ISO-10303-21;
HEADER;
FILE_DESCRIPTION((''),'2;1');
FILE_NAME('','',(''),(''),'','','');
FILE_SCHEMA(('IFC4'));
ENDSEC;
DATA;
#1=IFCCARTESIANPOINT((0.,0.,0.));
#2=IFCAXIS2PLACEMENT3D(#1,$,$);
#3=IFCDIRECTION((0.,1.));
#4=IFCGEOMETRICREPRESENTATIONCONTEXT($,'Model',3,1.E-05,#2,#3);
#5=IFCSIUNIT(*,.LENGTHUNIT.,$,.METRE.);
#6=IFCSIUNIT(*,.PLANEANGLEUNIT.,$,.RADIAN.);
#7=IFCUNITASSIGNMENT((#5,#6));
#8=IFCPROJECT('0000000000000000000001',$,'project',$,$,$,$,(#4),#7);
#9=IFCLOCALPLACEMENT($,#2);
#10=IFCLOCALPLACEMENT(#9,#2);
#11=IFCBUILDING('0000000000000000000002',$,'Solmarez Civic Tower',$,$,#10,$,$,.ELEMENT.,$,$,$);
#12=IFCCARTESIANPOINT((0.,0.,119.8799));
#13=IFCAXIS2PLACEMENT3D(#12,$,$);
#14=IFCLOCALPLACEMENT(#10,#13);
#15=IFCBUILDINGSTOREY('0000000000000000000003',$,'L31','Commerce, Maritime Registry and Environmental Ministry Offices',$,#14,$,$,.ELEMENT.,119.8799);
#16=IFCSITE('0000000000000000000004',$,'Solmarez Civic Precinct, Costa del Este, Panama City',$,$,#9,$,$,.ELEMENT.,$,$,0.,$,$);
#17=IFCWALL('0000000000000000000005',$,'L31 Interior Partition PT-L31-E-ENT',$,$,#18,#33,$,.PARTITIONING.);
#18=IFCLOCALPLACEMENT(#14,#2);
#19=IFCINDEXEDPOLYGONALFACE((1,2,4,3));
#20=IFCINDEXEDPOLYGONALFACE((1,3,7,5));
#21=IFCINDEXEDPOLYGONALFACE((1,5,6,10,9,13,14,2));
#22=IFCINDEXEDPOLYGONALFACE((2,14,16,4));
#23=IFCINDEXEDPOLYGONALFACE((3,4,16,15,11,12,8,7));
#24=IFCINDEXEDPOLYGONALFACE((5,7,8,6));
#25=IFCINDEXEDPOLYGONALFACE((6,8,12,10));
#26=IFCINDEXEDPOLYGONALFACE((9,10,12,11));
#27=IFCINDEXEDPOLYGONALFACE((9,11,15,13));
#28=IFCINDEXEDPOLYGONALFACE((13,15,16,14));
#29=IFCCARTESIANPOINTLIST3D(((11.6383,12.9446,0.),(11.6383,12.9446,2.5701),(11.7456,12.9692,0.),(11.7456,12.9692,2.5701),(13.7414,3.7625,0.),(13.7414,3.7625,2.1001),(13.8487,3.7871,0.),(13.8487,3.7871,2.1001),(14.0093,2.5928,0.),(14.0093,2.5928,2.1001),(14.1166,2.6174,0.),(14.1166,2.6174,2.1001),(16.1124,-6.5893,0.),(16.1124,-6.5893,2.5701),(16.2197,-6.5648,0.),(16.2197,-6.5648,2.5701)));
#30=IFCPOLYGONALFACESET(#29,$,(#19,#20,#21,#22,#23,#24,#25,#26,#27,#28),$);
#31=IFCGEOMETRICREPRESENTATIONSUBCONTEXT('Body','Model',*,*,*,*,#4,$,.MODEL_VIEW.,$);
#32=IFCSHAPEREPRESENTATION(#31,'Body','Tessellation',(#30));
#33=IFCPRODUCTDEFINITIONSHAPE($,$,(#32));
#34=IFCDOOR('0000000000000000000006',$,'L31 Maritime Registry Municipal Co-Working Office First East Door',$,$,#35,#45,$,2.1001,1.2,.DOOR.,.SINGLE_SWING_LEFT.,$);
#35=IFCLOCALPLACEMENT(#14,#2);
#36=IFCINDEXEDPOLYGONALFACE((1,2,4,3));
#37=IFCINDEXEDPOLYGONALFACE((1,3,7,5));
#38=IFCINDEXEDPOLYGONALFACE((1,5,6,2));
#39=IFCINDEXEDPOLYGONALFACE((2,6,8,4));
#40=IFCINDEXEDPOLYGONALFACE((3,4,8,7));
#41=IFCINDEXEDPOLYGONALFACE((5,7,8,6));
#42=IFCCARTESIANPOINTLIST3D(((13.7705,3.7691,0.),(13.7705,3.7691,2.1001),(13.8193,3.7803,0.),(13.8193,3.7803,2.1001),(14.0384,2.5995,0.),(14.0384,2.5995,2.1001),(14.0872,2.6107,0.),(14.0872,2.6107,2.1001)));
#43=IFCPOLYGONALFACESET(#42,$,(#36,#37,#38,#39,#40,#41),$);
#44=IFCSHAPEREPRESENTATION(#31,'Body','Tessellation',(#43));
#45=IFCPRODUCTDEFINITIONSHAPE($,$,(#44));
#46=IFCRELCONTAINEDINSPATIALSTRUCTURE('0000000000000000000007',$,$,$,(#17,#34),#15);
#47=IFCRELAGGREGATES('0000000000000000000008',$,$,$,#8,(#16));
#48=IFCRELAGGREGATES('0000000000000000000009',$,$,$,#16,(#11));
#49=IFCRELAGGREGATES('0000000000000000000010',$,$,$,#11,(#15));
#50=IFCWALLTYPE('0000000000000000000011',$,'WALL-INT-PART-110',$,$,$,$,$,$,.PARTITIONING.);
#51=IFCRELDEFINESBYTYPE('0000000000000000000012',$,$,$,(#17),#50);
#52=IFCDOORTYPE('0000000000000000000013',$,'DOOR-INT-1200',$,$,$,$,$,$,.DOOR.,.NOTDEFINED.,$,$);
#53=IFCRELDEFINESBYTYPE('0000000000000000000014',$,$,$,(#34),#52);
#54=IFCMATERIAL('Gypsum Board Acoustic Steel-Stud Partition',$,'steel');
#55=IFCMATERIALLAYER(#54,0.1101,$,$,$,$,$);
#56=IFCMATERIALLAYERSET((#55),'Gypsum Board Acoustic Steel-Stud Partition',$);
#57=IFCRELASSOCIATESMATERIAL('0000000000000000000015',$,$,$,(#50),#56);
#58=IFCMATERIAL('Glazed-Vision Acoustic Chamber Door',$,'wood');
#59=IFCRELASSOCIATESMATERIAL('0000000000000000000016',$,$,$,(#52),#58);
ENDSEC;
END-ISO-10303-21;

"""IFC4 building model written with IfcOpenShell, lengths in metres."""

from ifc_helpers import new_model, si_unit, direction, frame, frame_2d, origin, place, context, subcontext, project, spatial, rectangle, extrude, material, layer, layer_set, type_object, element, fill, save


model = new_model("IFC4")

# Units and contexts
model_context = context("Model", 3, precision=1e-05, world=origin(), true_north=direction((0.0, 1.0)))
body_context = subcontext(model_context, "Body", "Model", "MODEL_VIEW")
ifc_project = project(units=[si_unit("LENGTHUNIT", "METRE"), si_unit("PLANEANGLEUNIT", "RADIAN")], contexts=[model_context])

# Site, building, storey
site_placement = place(None, origin())
site = spatial("IfcSite", under=ifc_project, at=site_placement, Name="Solmarez Civic Precinct, Costa del Este, Panama City", CompositionType="ELEMENT", RefElevation=0.0)
building_placement = place(site_placement, origin())
building = spatial("IfcBuilding", under=site, at=building_placement, Name="Solmarez Civic Tower", CompositionType="ELEMENT")
storey_placement = place(building_placement, frame((0.0, 0.0, 119.8799)))
storey = spatial("IfcBuildingStorey", under=building, at=storey_placement, Name="L31", Description="Commerce, Maritime Registry and Environmental Ministry Offices", CompositionType="ELEMENT", Elevation=119.8799)

# Shared definitions
ifc_material_1 = material(Name="Gypsum Board Acoustic Steel-Stud Partition", Category="steel")

# Wall, opening, door
ifc_layer_1 = layer(ifc_material_1, 0.1101)
ifc_layer_set_1 = layer_set([ifc_layer_1], Name="Gypsum Board Acoustic Steel-Stud Partition")
wall_type_1 = type_object("IfcWallType", Name="WALL-INT-PART-110", PredefinedType="PARTITIONING", material=ifc_layer_set_1)
wall_1_placement = place(storey_placement, frame((11.6919, 12.957, 0.0), z_axis=(0.0, 0.0, 1.0), x_axis=(0.223262, -0.974758, 0.0)))
wall_1 = element("IfcWall", 1, at=wall_1_placement, inside=storey, type_object=wall_type_1, Name="L31 Interior Partition PT-L31-E-ENT", PredefinedType="PARTITIONING", context=body_context, shape_type="SweptSolid", body=[
    extrude(rectangle(XDim=20.0398, YDim=0.1101, at=frame_2d((10.02, 0.0))), origin(), (0.0, 0.0, 1.0), 2.5701),
])
opening_1_placement = place(wall_1_placement, frame((9.4199, 0.0, 0.0)))
opening_1 = element("IfcOpeningElement", 2, at=opening_1_placement, cuts=wall_1, PredefinedType="OPENING", context=body_context, shape_type="SweptSolid", body=[
    extrude(rectangle(XDim=1.2, YDim=2.1001, at=frame_2d((0.6001, 1.05))), frame((0.0, 0.0649, 0.0), z_axis=(0.0, -1.0, 0.0), x_axis=(1.0, 0.0, 0.0)), (0.0, 0.0, 1.0), 0.1301),
])
ifc_material_2 = material(Name="Glazed-Vision Acoustic Chamber Door", Category="wood")
door_type_1 = type_object("IfcDoorType", Name="DOOR-INT-1200", OperationType="NOTDEFINED", PredefinedType="DOOR", material=ifc_material_2)
door_1_placement = place(opening_1_placement, origin())
door_1 = element("IfcDoor", 3, at=door_1_placement, inside=storey, type_object=door_type_1, Name="L31 Maritime Registry Municipal Co-Working Office First East Door", OperationType="SINGLE_SWING_LEFT", OverallHeight=2.1001, OverallWidth=1.2, PredefinedType="DOOR", context=body_context, shape_type="SweptSolid", body=[
    extrude(rectangle(XDim=1.2, YDim=2.1001, at=frame_2d((0.6001, 1.05))), frame((0.0, 0.0249, 0.0), z_axis=(0.0, -1.0, 0.0), x_axis=(1.0, 0.0, 0.0)), (0.0, 0.0, 1.0), 0.05),
])
fill(opening_1, door_1)

save(model, "model.ifc")
